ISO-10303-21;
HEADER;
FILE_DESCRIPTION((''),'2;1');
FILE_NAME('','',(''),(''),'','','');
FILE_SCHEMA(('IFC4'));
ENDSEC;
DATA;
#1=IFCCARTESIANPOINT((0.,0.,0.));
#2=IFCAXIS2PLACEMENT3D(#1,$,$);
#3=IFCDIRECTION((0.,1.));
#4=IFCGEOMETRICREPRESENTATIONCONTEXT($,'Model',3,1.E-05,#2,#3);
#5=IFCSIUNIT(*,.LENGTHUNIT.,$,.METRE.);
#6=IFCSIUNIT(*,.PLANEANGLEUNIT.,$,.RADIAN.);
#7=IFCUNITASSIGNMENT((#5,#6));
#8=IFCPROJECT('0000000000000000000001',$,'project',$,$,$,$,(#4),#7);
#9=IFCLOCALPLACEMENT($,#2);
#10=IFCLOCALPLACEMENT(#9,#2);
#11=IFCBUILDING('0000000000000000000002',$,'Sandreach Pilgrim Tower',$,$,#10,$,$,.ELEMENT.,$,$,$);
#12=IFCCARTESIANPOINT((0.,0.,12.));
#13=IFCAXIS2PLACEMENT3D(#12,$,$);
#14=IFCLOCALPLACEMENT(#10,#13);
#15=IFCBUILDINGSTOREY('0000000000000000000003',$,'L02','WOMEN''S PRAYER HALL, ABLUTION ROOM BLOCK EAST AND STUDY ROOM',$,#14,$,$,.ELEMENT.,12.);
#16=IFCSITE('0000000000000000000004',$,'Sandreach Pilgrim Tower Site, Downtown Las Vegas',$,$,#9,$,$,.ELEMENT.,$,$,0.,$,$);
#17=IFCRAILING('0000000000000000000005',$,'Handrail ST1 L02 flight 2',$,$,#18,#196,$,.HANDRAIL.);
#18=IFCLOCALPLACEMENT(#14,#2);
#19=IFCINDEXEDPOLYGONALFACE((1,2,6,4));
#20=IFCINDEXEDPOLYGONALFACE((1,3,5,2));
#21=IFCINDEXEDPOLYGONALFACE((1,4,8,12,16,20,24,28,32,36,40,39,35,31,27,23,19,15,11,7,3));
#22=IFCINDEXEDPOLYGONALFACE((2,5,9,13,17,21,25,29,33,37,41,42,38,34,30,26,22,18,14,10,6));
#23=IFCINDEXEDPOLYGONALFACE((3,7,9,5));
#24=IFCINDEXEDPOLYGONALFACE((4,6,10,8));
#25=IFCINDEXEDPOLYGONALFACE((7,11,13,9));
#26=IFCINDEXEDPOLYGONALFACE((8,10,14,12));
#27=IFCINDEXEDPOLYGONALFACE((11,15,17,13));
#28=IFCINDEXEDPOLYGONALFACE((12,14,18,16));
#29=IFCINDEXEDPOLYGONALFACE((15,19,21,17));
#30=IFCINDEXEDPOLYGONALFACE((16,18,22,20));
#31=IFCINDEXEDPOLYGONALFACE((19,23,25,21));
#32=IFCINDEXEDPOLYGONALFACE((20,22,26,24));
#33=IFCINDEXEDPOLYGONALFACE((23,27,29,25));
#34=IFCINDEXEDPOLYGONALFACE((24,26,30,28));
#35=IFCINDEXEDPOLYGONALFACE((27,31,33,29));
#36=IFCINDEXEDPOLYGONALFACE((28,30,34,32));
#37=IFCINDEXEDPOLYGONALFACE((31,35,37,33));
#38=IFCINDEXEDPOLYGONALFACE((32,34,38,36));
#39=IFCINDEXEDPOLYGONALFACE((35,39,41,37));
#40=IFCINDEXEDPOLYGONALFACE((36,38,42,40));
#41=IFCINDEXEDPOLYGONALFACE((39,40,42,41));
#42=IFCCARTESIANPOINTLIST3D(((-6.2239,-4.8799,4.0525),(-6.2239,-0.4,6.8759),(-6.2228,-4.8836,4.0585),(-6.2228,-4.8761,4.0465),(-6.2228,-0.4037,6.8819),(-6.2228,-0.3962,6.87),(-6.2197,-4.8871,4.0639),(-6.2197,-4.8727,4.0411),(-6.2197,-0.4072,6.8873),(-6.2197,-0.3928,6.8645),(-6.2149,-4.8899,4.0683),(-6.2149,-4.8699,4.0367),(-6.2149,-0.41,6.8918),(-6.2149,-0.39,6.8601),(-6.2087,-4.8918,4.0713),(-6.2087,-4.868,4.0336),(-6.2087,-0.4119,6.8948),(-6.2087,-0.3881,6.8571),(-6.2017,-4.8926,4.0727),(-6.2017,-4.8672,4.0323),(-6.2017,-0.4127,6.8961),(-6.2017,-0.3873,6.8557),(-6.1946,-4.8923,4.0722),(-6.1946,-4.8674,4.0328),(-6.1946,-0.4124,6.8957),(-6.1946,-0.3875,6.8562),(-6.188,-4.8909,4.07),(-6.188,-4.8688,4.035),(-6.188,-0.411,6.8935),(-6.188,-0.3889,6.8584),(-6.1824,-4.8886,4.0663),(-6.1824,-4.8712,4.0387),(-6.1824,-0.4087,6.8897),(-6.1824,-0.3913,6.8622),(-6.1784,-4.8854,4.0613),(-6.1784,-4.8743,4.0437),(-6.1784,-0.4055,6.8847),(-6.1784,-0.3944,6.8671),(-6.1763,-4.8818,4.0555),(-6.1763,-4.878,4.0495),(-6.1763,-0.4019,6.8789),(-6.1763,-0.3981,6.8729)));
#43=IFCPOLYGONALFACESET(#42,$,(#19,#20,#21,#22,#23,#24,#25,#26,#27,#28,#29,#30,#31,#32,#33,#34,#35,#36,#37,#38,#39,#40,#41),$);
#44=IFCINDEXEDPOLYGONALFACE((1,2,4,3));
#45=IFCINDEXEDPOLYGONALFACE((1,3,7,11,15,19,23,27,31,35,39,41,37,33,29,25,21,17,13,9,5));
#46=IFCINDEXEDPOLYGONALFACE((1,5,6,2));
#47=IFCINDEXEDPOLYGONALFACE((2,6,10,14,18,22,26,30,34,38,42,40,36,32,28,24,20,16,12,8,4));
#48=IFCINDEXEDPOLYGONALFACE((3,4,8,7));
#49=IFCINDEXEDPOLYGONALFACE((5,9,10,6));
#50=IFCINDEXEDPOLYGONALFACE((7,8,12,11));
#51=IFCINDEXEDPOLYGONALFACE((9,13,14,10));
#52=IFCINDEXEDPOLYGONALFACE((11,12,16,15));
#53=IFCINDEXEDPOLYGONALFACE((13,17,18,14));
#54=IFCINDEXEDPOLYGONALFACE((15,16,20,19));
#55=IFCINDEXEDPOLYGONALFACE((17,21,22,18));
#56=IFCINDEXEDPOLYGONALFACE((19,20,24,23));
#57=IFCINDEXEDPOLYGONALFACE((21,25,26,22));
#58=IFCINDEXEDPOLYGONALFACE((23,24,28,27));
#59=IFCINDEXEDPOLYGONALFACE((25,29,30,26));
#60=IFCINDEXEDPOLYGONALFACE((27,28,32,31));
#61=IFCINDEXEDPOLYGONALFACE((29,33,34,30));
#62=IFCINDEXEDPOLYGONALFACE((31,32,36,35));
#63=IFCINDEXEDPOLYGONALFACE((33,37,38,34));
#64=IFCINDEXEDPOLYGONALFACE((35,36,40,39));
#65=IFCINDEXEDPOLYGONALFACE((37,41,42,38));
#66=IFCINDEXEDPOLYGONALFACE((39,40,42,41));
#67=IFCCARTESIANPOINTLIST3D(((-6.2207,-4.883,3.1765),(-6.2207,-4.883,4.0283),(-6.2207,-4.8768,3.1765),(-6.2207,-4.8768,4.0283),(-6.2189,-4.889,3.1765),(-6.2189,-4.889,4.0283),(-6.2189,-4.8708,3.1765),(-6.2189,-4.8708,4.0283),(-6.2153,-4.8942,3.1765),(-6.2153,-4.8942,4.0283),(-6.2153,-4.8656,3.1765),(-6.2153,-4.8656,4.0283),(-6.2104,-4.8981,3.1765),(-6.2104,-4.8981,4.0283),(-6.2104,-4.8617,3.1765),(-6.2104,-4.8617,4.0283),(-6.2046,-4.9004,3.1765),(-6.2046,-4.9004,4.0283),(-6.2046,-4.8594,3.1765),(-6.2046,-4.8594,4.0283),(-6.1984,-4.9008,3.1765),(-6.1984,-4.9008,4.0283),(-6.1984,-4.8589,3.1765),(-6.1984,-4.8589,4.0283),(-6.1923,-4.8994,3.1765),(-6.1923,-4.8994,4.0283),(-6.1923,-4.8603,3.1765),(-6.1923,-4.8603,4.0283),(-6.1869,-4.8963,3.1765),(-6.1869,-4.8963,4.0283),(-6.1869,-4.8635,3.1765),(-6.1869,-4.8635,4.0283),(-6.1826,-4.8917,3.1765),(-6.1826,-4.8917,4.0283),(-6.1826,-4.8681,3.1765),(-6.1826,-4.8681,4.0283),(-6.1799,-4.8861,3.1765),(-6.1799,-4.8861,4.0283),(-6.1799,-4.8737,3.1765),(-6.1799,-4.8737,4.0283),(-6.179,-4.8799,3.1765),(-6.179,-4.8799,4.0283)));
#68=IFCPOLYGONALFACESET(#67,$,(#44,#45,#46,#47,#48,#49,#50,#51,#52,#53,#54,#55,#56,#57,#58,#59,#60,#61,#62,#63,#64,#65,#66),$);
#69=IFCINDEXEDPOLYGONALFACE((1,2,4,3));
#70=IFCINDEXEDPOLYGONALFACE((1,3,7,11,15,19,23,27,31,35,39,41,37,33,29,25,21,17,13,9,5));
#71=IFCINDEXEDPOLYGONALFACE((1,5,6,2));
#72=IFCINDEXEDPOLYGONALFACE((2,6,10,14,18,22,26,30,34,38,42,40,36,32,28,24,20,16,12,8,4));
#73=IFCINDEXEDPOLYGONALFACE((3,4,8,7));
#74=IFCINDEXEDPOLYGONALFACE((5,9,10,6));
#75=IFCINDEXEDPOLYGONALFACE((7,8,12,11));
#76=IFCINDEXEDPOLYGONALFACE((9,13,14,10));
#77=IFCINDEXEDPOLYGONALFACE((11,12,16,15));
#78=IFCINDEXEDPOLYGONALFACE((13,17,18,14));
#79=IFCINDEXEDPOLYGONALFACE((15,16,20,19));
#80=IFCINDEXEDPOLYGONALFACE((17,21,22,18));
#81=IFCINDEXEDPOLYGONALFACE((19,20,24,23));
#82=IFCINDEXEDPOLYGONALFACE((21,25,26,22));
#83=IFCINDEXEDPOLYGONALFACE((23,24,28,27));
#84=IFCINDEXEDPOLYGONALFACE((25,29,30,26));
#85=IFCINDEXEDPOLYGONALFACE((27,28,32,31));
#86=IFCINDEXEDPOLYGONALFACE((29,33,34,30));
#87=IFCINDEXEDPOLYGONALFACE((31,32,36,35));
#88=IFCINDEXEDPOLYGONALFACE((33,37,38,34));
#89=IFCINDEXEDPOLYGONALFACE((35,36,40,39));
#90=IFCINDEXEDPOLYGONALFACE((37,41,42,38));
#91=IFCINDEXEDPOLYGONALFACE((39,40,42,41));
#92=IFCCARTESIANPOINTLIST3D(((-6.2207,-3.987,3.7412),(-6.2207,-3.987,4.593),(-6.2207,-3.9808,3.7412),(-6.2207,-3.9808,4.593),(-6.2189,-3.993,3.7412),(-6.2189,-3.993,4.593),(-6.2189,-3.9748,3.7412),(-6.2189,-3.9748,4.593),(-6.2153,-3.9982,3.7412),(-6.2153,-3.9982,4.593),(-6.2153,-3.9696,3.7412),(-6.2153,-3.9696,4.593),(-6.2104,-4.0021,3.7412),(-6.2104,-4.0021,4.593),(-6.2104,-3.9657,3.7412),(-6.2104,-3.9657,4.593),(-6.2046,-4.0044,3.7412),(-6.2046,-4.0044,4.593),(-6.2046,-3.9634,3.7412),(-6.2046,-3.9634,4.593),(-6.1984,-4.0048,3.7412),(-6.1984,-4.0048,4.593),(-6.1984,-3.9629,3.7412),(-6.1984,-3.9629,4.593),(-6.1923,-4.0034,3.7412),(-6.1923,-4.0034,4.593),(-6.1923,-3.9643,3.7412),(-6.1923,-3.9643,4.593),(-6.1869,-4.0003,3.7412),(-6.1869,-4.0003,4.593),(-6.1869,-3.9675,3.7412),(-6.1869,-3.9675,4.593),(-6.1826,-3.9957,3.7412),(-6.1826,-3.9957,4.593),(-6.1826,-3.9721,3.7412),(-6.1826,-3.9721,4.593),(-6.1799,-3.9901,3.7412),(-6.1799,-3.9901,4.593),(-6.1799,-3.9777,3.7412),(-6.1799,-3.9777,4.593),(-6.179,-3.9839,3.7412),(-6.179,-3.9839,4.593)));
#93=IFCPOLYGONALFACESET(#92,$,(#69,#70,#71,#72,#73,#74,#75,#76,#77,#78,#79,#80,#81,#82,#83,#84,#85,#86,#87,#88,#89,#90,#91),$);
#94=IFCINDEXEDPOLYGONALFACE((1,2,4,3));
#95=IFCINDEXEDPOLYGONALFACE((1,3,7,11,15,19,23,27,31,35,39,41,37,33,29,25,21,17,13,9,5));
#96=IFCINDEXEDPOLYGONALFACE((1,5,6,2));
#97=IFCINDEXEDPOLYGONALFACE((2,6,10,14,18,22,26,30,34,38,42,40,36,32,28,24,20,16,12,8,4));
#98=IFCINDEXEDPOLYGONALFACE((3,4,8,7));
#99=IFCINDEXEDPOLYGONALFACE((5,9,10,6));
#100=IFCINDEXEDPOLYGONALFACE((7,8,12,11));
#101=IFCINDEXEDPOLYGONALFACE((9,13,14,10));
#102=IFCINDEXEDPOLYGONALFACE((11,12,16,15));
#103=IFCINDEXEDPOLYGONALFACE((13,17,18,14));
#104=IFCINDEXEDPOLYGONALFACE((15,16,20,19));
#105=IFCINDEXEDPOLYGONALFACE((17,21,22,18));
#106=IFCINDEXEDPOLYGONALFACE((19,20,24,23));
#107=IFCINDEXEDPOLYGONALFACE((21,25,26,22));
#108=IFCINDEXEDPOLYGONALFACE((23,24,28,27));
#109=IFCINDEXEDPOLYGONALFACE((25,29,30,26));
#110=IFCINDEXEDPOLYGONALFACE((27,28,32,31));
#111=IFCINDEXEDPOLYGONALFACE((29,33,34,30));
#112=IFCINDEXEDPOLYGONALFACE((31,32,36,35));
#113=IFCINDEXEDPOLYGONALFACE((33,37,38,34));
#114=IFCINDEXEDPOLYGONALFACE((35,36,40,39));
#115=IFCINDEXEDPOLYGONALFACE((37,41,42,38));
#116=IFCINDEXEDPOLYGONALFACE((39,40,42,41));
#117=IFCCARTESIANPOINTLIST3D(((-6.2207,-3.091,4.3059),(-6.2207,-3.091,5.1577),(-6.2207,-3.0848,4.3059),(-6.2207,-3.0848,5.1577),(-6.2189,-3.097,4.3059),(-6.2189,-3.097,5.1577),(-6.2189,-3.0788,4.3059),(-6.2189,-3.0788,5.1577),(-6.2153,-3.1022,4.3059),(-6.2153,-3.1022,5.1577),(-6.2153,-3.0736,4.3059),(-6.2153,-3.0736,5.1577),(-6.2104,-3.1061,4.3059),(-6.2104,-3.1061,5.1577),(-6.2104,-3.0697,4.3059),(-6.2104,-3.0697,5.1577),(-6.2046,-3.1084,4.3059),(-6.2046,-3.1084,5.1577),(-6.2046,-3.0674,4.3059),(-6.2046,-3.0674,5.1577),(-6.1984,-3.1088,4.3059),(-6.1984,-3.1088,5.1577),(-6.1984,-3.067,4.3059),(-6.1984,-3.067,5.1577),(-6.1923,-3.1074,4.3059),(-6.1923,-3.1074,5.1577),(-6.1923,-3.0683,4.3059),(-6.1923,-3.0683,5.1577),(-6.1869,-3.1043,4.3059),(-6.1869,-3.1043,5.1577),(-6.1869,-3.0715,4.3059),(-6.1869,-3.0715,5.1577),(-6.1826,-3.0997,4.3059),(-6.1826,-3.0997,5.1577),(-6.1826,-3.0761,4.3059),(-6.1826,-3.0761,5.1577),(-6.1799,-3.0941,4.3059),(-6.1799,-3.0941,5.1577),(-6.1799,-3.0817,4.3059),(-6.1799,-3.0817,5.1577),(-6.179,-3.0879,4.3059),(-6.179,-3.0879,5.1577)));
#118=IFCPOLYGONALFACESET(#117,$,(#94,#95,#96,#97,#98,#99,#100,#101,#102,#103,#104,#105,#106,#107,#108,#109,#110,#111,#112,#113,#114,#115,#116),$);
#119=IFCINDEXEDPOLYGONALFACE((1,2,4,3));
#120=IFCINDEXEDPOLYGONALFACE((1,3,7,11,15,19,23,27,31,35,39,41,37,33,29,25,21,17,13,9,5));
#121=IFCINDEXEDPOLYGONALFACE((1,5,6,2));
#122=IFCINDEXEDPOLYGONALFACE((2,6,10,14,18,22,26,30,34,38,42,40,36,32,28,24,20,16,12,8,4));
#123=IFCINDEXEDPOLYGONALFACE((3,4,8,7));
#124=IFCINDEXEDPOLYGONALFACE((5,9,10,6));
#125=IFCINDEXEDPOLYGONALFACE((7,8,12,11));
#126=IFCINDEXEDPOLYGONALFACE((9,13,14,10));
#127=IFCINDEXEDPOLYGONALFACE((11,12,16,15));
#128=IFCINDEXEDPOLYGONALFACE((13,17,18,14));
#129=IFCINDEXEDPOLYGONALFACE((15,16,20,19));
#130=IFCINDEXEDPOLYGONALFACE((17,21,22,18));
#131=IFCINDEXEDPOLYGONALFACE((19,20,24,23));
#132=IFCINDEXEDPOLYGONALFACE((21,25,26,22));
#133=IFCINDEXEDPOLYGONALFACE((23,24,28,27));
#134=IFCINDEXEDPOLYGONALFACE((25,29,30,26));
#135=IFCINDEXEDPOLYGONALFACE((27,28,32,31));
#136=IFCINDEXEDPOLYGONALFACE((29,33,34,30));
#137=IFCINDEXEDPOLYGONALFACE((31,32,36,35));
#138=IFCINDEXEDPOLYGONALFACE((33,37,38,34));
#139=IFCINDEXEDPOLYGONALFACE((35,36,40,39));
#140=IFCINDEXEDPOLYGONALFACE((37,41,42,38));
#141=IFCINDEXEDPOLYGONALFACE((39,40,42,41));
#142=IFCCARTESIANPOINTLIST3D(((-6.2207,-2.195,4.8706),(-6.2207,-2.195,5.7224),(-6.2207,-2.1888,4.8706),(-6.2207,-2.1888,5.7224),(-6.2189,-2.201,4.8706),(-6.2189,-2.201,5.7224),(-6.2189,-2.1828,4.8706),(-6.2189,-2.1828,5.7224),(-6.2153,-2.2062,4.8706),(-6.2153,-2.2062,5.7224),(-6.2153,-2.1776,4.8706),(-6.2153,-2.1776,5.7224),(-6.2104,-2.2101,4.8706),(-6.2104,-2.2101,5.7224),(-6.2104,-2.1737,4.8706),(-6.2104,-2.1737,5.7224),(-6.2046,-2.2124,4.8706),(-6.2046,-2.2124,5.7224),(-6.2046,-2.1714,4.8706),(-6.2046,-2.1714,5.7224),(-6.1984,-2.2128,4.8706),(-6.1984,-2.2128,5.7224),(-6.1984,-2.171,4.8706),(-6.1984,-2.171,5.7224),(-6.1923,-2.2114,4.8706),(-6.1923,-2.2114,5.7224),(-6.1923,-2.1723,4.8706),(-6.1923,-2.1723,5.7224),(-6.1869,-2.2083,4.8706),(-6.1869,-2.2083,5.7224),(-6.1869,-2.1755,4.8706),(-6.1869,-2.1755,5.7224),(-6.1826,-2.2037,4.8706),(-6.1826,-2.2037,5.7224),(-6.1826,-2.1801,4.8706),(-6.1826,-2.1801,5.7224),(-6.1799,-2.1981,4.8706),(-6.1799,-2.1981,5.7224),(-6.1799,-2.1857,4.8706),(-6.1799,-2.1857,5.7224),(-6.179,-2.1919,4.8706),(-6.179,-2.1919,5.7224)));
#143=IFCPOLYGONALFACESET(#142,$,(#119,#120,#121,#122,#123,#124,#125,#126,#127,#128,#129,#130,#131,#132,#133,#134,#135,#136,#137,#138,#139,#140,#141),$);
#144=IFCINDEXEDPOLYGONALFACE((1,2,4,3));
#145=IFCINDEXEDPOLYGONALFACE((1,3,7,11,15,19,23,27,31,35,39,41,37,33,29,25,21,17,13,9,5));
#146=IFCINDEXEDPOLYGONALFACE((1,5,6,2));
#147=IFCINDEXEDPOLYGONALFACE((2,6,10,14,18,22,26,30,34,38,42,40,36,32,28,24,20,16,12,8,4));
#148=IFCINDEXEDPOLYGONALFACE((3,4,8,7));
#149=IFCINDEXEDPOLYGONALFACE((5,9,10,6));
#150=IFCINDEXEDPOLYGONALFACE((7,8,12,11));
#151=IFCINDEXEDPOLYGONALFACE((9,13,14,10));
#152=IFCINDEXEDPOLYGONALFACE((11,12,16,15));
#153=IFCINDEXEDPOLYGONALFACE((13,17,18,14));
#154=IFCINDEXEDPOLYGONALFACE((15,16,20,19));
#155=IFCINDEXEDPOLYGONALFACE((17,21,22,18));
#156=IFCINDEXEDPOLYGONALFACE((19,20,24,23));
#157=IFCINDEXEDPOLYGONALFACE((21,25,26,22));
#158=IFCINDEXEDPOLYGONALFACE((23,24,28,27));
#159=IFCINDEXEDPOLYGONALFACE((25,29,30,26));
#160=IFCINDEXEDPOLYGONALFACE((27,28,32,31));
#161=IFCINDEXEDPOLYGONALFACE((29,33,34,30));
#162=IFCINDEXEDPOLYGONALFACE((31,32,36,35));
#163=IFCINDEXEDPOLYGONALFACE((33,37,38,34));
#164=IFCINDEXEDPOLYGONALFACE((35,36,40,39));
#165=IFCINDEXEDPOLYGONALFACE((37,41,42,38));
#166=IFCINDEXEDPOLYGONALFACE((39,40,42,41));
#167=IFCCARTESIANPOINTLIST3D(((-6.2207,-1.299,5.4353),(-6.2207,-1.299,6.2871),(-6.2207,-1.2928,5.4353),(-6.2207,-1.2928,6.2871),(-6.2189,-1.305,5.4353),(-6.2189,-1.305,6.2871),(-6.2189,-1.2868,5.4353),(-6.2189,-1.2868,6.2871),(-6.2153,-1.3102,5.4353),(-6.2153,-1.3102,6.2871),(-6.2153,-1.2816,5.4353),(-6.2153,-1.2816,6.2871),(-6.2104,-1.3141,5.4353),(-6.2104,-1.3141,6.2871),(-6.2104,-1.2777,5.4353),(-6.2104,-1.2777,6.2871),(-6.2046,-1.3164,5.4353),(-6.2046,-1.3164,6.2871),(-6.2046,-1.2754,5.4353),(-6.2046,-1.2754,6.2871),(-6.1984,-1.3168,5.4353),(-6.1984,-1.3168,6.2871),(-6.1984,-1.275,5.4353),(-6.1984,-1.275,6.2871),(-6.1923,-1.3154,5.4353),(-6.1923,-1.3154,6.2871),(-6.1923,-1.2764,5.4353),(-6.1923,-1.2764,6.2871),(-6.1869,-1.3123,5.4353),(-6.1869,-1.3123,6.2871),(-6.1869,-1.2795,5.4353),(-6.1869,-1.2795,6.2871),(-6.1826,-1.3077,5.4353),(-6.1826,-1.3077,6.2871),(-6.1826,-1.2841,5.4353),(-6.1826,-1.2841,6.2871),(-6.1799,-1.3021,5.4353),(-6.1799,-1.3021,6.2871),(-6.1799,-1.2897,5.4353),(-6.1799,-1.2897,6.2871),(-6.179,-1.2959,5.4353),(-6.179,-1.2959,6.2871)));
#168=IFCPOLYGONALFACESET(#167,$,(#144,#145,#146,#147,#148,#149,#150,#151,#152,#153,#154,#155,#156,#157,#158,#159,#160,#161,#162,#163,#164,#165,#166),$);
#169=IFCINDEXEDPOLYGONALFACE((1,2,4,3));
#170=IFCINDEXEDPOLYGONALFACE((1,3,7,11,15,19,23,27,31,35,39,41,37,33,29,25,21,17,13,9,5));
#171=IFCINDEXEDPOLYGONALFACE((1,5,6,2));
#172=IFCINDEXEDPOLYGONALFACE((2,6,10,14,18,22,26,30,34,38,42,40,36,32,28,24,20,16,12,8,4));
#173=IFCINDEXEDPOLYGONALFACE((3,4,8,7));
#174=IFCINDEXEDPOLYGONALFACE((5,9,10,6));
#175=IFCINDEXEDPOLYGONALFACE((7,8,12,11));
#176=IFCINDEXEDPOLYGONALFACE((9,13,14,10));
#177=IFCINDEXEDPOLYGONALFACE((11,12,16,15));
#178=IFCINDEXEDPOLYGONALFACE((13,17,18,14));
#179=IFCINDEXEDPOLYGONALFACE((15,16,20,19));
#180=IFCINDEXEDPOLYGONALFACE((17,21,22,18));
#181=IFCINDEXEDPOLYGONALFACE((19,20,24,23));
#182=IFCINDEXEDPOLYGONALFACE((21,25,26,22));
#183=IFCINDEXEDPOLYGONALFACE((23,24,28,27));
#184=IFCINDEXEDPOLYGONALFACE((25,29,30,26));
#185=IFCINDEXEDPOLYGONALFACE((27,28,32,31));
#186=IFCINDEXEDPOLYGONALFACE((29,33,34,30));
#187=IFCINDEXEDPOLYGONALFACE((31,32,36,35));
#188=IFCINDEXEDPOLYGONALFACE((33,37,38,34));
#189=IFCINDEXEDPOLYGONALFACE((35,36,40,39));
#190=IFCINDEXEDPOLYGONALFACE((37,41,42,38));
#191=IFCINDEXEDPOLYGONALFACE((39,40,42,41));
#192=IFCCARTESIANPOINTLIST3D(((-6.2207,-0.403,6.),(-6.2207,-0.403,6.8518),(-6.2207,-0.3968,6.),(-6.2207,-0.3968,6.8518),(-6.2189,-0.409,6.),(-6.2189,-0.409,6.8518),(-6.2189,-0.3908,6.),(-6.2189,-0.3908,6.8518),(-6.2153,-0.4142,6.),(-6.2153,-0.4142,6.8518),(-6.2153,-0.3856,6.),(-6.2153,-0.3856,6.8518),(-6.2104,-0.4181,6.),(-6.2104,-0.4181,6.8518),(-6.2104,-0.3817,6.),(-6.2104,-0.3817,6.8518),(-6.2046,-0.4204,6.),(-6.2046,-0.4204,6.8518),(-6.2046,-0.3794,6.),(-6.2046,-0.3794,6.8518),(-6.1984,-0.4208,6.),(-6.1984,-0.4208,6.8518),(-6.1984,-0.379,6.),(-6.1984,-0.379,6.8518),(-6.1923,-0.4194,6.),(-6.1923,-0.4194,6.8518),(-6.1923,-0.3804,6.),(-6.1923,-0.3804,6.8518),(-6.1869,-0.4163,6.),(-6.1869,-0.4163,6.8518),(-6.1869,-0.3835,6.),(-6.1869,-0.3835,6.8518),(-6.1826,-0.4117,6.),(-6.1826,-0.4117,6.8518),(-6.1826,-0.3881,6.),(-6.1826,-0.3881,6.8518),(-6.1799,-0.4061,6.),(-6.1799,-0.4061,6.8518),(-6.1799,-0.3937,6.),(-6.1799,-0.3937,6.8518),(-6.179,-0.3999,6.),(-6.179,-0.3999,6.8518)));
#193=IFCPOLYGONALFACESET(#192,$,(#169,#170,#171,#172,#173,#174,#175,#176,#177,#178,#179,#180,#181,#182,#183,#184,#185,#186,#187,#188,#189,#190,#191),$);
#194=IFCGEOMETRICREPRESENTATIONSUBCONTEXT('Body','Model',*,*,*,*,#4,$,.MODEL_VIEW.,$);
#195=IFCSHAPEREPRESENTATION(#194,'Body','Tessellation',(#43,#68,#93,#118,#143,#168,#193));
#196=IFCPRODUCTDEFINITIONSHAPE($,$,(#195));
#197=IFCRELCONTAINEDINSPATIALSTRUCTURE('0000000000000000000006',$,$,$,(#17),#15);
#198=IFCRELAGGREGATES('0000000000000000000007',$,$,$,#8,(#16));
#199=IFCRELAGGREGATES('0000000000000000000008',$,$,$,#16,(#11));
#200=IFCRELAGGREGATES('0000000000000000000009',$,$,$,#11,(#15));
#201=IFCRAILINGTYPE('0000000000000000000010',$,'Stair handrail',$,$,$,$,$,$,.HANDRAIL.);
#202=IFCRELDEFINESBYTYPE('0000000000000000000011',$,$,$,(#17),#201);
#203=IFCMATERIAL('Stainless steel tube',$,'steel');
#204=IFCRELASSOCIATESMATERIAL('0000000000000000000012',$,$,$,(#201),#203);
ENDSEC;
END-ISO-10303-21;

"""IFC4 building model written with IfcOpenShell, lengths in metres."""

from ifc_helpers import new_model, si_unit, direction, frame, origin, origin_2d, place, context, subcontext, project, spatial, circle, extrude, material, type_object, element, save


model = new_model("IFC4")

# Units and contexts
model_context = context("Model", 3, precision=1e-05, world=origin(), true_north=direction((0.0, 1.0)))
body_context = subcontext(model_context, "Body", "Model", "MODEL_VIEW")
ifc_project = project(units=[si_unit("LENGTHUNIT", "METRE"), si_unit("PLANEANGLEUNIT", "RADIAN")], contexts=[model_context])

# Site, building, storey
site_placement = place(None, origin())
site = spatial("IfcSite", under=ifc_project, at=site_placement, Name="Sandreach Pilgrim Tower Site, Downtown Las Vegas", CompositionType="ELEMENT", RefElevation=0.0)
building_placement = place(site_placement, origin())
building = spatial("IfcBuilding", under=site, at=building_placement, Name="Sandreach Pilgrim Tower", CompositionType="ELEMENT")
storey_placement = place(building_placement, frame((0.0, 0.0, 12.0)))
storey = spatial("IfcBuildingStorey", under=building, at=storey_placement, Name="L02", Description="WOMEN'S PRAYER HALL, ABLUTION ROOM BLOCK EAST AND STUDY ROOM", CompositionType="ELEMENT", Elevation=12.0)

# Railing
ifc_material_1 = material(Name="Stainless steel tube", Category="steel")
railing_type = type_object("IfcRailingType", Name="Stair handrail", PredefinedType="HANDRAIL", material=ifc_material_1)
for number, where, name in (
    (1, (-6.2, -4.8799, 3.1765), "Handrail ST1 L02 flight 2"),
):
    element("IfcRailing", number, at=place(storey_placement, frame(where)), inside=storey, type_object=railing_type, Name=name, PredefinedType="HANDRAIL", context=body_context, shape_type="SweptSolid", body=[
        extrude(circle(Radius=0.0239, at=origin_2d()), frame((0.0, 0.0, 0.876), z_axis=(0.0, 0.845998, 0.533186), x_axis=(-1.0, 0.0, 0.0)), (0.0, 0.0, 1.0), 5.2954),
        extrude(circle(Radius=0.021, at=origin_2d()), origin(), (0.0, 0.0, 1.0), 0.8518),
        extrude(circle(Radius=0.021, at=origin_2d()), frame((0.0, 0.896, 0.5647)), (0.0, 0.0, 1.0), 0.8518),
        extrude(circle(Radius=0.021, at=origin_2d()), frame((0.0, 1.792, 1.1294)), (0.0, 0.0, 1.0), 0.8518),
        extrude(circle(Radius=0.021, at=origin_2d()), frame((0.0, 2.688, 1.6941)), (0.0, 0.0, 1.0), 0.8518),
        extrude(circle(Radius=0.021, at=origin_2d()), frame((0.0, 3.584, 2.2588)), (0.0, 0.0, 1.0), 0.8518),
        extrude(circle(Radius=0.021, at=origin_2d()), frame((0.0, 4.48, 2.8235)), (0.0, 0.0, 1.0), 0.8518),
    ])

save(model, "model.ifc")
